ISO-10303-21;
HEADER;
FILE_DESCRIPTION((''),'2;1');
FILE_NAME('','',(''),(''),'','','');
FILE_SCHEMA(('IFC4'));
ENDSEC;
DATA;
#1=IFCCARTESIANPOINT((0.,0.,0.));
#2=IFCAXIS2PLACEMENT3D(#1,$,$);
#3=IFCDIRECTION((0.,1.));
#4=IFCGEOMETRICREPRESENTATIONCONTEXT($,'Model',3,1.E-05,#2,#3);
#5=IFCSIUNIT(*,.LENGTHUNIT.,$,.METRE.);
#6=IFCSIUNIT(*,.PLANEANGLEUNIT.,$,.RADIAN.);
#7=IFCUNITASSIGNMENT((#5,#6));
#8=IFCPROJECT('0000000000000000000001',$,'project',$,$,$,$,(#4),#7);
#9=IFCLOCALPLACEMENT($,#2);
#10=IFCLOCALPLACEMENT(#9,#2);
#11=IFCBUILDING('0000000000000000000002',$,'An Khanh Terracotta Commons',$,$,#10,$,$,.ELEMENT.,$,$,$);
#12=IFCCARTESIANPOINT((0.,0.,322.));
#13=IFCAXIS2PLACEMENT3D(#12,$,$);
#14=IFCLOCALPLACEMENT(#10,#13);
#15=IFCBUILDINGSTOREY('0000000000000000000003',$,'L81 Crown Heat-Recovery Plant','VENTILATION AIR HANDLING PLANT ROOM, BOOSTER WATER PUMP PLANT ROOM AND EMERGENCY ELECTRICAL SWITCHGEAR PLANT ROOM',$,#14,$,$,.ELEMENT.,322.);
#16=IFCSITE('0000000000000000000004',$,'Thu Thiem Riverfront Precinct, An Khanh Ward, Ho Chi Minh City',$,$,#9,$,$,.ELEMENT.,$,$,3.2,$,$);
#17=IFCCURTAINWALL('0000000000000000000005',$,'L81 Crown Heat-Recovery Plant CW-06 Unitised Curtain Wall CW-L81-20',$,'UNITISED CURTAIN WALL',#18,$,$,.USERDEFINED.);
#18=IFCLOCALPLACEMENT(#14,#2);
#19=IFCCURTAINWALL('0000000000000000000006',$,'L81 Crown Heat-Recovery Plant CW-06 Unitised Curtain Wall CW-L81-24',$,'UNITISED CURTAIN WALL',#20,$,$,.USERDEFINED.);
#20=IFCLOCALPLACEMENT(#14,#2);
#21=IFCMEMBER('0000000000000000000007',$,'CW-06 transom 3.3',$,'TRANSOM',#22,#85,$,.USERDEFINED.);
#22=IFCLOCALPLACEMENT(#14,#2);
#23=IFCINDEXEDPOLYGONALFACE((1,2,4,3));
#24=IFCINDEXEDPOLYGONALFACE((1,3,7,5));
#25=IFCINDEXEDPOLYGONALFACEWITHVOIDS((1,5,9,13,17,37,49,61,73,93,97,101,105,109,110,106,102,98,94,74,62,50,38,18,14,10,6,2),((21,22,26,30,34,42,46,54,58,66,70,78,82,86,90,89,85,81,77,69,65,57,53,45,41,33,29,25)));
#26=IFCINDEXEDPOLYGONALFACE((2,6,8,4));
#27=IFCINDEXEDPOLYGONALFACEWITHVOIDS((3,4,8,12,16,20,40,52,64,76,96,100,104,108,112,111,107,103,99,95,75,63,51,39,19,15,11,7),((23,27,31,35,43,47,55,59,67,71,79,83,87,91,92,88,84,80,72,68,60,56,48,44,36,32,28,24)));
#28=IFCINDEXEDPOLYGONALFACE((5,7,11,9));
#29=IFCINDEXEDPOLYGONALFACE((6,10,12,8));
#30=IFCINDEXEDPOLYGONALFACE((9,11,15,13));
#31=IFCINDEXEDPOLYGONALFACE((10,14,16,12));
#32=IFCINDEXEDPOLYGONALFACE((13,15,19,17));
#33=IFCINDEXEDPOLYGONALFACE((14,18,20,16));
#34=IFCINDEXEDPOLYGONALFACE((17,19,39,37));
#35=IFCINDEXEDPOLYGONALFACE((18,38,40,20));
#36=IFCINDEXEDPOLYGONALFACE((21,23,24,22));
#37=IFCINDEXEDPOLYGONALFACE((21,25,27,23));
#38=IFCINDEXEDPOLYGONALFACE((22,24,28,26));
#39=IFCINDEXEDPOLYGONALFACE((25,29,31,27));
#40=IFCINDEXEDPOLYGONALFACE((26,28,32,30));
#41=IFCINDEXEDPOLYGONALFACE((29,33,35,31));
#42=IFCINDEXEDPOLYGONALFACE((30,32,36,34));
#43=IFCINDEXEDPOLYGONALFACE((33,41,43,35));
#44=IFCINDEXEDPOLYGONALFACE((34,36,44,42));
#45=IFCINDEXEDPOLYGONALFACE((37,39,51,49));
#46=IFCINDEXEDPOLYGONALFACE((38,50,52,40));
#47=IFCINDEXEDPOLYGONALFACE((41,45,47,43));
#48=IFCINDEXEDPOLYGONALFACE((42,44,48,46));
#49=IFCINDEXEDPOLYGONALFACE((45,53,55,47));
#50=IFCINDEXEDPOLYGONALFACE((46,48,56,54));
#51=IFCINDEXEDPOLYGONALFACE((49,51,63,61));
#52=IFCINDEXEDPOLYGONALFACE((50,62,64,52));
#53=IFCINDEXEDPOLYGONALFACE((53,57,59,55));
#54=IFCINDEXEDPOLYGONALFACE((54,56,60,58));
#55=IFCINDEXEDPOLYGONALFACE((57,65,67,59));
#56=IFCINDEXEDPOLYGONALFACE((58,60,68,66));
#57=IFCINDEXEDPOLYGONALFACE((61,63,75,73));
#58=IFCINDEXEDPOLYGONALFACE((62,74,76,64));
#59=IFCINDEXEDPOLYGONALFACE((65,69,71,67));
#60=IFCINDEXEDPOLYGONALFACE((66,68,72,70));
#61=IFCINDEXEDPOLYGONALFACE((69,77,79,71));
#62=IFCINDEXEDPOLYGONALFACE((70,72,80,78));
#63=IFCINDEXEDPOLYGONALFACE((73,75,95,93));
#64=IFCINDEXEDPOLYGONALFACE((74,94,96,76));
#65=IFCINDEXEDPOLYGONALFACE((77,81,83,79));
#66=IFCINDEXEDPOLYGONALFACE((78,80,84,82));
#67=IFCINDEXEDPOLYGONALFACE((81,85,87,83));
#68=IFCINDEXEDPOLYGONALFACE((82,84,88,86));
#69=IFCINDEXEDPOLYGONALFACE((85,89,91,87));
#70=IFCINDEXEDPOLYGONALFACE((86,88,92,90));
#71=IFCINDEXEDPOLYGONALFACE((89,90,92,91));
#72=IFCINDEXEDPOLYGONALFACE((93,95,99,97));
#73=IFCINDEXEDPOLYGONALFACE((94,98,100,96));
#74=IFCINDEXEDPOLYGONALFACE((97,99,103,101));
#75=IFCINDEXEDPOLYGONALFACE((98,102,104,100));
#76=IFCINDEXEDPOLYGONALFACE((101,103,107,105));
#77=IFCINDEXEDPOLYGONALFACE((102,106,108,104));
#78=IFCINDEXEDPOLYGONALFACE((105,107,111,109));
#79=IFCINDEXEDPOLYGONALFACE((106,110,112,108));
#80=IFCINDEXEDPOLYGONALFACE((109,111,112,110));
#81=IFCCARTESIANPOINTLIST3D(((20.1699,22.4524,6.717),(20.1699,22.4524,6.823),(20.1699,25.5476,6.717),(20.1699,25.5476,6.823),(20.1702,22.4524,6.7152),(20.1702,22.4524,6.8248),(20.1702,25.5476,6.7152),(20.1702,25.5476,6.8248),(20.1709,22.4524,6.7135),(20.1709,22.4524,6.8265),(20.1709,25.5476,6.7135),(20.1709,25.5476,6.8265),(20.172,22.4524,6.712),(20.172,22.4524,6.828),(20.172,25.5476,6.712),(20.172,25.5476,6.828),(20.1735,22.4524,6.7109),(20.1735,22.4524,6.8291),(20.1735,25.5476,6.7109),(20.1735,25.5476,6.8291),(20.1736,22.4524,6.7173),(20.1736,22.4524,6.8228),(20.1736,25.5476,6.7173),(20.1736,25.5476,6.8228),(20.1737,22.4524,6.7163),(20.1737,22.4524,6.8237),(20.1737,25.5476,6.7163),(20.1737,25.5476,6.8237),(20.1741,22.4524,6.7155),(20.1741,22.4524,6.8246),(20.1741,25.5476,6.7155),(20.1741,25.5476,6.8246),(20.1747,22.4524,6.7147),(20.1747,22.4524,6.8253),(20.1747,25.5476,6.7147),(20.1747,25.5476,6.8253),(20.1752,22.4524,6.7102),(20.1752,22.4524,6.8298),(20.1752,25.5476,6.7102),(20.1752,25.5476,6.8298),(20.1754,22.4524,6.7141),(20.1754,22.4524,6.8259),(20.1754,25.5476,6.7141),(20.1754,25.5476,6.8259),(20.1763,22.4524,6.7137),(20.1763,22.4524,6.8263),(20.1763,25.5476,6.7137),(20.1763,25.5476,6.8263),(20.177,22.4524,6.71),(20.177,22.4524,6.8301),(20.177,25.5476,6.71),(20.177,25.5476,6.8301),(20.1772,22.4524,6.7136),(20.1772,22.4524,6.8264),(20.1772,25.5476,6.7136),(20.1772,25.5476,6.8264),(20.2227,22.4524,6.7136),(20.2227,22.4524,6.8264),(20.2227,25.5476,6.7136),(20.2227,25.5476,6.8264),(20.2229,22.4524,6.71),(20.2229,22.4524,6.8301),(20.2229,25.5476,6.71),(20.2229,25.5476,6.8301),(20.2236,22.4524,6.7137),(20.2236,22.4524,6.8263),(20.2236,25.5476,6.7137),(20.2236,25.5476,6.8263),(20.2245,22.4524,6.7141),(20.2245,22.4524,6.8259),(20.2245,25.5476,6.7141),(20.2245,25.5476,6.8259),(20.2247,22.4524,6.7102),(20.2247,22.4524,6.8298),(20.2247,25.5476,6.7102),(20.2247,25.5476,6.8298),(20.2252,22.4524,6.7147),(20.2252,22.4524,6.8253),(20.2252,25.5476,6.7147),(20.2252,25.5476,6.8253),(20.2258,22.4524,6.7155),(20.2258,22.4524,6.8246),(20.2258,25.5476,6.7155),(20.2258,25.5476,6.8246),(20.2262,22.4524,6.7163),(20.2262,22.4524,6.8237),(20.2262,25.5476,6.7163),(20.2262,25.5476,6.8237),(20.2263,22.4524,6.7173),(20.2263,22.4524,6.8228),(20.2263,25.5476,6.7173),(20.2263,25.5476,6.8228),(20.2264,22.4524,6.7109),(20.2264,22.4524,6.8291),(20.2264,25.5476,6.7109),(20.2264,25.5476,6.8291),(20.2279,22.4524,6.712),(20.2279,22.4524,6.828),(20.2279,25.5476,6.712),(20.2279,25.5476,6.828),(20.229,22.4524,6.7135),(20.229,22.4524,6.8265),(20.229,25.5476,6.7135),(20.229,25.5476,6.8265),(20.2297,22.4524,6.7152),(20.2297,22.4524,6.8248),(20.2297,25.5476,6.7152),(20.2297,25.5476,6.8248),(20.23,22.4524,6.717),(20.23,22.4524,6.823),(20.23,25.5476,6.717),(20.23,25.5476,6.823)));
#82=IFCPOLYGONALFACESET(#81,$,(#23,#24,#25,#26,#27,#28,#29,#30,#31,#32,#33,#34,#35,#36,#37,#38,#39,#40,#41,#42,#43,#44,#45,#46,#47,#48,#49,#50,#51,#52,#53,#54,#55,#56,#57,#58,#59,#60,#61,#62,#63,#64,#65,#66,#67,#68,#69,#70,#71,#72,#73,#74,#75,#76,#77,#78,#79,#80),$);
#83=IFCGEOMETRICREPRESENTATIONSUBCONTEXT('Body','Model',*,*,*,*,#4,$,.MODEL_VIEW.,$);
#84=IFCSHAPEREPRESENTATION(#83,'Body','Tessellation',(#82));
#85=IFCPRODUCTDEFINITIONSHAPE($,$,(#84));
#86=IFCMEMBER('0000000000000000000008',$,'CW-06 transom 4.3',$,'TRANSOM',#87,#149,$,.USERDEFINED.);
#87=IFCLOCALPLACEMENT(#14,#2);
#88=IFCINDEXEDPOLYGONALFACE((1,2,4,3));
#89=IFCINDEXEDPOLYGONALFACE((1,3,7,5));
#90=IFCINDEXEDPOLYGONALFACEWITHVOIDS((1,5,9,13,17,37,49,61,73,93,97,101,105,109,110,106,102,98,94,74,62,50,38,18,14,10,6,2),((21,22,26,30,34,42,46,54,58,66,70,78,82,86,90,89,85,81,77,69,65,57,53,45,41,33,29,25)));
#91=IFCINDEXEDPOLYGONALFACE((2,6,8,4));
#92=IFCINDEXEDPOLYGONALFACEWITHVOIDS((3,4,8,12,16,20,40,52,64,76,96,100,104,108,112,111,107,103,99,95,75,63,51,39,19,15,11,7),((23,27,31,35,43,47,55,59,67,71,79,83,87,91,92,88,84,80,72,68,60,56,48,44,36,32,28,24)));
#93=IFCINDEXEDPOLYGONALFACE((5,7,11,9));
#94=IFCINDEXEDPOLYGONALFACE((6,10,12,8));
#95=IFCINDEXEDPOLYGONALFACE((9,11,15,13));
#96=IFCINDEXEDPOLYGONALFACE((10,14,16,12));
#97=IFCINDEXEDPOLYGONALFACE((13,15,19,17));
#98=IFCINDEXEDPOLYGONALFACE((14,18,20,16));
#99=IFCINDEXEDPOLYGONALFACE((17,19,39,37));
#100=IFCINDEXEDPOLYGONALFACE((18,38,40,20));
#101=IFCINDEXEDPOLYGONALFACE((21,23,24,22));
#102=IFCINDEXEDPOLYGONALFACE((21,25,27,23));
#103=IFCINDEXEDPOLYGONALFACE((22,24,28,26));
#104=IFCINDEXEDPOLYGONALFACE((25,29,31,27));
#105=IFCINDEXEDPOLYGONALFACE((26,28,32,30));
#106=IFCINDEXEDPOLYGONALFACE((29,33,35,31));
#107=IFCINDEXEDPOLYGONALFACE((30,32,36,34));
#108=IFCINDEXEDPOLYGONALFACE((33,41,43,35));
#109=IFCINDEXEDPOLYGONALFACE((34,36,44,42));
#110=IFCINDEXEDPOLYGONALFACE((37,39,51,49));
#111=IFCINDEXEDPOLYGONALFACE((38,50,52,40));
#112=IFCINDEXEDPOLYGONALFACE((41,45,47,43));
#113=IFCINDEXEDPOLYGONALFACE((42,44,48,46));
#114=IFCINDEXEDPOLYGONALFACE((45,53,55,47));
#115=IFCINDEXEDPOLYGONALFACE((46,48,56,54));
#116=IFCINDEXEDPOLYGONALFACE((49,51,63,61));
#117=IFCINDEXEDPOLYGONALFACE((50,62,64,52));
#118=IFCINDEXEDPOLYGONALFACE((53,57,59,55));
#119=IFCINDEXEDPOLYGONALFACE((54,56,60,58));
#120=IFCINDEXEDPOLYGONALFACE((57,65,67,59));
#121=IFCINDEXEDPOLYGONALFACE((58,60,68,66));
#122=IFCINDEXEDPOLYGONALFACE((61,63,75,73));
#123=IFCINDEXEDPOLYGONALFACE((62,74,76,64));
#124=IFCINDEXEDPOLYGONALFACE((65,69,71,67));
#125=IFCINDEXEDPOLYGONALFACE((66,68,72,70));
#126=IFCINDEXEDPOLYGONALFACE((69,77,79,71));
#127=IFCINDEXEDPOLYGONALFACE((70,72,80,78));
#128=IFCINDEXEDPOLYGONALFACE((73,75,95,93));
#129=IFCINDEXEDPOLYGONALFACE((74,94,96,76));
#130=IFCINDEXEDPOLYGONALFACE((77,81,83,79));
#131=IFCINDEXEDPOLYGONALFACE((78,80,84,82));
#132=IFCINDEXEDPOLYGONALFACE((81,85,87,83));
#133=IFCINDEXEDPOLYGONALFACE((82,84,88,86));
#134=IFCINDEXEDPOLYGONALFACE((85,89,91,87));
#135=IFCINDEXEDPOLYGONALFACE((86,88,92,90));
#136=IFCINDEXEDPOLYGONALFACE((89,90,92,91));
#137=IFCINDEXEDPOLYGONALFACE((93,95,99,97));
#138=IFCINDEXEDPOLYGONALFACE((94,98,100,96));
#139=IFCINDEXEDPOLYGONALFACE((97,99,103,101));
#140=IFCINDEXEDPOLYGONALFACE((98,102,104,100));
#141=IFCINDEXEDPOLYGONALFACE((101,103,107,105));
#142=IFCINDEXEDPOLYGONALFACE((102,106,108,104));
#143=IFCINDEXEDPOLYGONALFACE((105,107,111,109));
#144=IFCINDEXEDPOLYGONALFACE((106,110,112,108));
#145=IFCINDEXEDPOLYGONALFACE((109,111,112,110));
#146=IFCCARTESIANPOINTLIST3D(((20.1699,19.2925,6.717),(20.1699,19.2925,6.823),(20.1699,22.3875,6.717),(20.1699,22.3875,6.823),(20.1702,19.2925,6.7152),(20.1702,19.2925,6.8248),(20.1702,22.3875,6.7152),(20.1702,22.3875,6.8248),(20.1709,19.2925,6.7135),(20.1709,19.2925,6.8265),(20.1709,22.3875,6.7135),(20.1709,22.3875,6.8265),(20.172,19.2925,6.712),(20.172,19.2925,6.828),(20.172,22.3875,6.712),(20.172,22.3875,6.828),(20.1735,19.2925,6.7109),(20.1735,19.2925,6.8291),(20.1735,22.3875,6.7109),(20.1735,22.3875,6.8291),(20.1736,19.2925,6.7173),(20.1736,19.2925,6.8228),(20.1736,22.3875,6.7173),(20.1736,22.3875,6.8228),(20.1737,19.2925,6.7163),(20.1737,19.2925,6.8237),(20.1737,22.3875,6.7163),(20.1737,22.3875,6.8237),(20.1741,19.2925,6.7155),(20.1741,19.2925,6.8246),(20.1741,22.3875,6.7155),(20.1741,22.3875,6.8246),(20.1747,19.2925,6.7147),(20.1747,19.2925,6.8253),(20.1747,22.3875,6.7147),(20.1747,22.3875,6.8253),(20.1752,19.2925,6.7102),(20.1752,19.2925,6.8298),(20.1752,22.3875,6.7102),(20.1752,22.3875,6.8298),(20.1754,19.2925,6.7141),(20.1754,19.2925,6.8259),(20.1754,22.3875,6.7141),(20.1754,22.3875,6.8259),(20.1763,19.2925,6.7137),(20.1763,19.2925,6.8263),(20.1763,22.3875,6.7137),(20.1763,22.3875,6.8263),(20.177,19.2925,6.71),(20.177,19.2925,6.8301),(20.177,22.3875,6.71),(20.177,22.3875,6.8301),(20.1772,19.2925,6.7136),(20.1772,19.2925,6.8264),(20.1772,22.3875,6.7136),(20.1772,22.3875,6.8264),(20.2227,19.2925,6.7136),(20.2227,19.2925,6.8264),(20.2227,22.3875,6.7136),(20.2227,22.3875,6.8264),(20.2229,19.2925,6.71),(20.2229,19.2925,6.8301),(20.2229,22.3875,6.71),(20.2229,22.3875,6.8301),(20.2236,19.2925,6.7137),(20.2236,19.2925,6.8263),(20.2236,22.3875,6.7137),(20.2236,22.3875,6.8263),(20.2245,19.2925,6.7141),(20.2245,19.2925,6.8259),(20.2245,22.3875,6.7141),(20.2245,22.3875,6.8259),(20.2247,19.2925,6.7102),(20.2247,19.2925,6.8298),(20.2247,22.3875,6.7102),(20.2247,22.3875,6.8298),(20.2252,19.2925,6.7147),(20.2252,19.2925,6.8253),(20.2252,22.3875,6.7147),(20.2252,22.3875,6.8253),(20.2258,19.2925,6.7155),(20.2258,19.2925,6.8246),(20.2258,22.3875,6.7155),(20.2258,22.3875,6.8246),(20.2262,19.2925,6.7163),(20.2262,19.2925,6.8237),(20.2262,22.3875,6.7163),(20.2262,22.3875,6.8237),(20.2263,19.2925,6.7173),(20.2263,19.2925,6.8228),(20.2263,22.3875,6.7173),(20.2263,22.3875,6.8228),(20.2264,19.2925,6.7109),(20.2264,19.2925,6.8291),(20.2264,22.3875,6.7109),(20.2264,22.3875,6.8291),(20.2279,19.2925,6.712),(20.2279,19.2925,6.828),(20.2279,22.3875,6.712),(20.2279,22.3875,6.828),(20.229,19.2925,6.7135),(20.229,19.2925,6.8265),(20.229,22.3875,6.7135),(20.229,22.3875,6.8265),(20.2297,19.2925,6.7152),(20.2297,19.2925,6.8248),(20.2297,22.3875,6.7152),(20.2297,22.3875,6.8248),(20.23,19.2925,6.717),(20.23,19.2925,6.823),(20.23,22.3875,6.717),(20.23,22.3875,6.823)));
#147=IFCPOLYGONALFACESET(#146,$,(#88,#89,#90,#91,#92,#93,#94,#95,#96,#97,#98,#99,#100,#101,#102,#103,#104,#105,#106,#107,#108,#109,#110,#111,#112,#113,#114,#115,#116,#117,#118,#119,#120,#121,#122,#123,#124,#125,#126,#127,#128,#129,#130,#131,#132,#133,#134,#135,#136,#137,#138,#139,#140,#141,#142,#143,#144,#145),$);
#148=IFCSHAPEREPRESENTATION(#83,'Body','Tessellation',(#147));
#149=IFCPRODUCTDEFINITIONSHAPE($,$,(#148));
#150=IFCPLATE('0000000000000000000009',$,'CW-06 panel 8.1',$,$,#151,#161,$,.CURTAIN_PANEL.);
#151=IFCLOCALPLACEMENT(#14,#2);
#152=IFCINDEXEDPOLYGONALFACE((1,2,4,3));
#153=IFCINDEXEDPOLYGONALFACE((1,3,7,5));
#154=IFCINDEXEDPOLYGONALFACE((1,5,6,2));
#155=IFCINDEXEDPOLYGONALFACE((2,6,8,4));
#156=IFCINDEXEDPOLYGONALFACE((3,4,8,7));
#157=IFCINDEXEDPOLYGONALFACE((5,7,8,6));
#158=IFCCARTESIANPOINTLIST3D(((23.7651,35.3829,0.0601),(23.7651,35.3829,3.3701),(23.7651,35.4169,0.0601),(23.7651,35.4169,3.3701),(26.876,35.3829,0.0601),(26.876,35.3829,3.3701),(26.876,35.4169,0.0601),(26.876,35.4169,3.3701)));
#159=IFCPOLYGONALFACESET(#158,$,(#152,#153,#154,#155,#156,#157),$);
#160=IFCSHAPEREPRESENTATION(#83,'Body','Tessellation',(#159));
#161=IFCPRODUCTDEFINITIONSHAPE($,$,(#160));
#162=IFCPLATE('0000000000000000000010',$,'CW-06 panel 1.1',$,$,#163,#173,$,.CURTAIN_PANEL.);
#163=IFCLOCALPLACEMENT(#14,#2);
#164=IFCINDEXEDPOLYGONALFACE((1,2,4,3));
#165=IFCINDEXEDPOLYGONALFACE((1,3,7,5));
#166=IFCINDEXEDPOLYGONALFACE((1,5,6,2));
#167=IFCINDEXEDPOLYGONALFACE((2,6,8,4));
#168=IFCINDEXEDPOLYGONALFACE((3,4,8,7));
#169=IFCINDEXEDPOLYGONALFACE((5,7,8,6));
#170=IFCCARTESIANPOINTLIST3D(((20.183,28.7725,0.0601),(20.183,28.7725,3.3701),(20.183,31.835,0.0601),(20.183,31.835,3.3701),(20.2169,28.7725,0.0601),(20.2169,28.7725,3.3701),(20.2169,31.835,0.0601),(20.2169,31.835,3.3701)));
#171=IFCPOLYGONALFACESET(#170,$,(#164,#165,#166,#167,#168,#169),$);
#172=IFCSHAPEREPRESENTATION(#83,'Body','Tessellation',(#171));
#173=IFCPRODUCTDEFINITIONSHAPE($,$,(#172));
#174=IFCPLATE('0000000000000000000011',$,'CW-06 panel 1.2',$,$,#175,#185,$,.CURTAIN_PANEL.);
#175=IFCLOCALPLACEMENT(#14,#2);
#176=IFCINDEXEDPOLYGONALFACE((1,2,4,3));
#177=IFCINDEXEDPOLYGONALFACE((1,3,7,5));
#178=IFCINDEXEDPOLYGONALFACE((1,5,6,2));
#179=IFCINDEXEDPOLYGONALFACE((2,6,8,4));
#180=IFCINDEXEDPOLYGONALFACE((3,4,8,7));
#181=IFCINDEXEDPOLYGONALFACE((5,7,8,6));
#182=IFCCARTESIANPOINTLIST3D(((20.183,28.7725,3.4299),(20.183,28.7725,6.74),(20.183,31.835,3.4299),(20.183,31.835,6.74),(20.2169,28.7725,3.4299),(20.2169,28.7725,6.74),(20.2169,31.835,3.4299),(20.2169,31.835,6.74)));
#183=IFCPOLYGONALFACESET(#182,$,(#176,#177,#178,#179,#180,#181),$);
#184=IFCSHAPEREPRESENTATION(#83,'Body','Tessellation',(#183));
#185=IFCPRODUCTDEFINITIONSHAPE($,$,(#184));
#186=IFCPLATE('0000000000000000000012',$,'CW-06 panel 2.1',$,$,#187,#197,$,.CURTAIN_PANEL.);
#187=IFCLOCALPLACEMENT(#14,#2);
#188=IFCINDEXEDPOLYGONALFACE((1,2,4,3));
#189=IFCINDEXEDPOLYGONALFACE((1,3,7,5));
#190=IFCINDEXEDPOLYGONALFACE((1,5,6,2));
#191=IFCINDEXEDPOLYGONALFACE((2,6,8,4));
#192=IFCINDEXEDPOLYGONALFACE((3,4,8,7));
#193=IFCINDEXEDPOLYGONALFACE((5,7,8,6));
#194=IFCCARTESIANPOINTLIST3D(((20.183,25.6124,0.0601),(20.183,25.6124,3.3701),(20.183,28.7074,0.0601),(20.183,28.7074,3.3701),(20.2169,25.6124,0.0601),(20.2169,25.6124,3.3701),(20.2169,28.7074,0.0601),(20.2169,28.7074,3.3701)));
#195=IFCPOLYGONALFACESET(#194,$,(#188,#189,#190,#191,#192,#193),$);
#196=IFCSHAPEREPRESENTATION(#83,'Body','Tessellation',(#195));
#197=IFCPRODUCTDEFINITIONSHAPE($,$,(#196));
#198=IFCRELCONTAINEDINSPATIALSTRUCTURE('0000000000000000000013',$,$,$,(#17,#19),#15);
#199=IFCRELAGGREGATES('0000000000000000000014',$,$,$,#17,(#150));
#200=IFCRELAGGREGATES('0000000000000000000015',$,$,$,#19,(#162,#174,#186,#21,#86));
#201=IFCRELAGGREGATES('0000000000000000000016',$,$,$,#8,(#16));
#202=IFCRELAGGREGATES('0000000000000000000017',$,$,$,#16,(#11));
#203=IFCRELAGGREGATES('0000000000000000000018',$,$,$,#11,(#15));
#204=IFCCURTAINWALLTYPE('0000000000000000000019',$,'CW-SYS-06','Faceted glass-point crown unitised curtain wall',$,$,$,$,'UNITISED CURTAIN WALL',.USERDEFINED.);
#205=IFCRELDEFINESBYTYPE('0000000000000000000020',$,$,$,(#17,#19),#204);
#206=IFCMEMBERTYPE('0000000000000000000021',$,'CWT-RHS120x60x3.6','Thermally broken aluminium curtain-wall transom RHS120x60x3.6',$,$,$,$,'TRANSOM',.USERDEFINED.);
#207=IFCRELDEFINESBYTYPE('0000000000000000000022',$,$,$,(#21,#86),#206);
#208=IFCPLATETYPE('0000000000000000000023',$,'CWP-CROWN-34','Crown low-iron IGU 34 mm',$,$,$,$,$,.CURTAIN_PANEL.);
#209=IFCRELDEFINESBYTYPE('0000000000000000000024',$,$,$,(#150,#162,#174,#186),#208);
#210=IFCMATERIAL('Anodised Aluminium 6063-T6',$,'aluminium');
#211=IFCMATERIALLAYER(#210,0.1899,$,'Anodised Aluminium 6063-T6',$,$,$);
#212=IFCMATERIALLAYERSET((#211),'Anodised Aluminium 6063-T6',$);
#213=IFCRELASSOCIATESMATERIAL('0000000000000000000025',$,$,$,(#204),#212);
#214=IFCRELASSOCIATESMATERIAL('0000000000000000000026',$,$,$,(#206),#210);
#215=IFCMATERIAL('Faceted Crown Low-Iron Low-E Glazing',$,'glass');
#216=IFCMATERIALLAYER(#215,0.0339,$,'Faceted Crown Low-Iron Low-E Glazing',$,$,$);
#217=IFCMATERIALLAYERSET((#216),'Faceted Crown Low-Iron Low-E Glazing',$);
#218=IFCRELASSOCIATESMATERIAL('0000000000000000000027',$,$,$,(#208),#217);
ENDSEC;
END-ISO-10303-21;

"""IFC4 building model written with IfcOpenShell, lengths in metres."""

from ifc_helpers import new_model, si_unit, direction, frame, origin, origin_2d, place, context, subcontext, project, spatial, rectangle, hollow_rectangle, extrude, material, layer, layer_set, material_profile, profile_set, type_object, element, aggregate, save


model = new_model("IFC4")

# Units and contexts
model_context = context("Model", 3, precision=1e-05, world=origin(), true_north=direction((0.0, 1.0)))
body_context = subcontext(model_context, "Body", "Model", "MODEL_VIEW")
ifc_project = project(units=[si_unit("LENGTHUNIT", "METRE"), si_unit("PLANEANGLEUNIT", "RADIAN")], contexts=[model_context])

# Site, building, storey
site_placement = place(None, origin())
site = spatial("IfcSite", under=ifc_project, at=site_placement, Name="Thu Thiem Riverfront Precinct, An Khanh Ward, Ho Chi Minh City", CompositionType="ELEMENT", RefElevation=3.2)
building_placement = place(site_placement, origin())
building = spatial("IfcBuilding", under=site, at=building_placement, Name="An Khanh Terracotta Commons", CompositionType="ELEMENT")
storey_placement = place(building_placement, frame((0.0, 0.0, 322.0)))
storey = spatial("IfcBuildingStorey", under=building, at=storey_placement, Name="L81 Crown Heat-Recovery Plant", Description="VENTILATION AIR HANDLING PLANT ROOM, BOOSTER WATER PUMP PLANT ROOM AND EMERGENCY ELECTRICAL SWITCHGEAR PLANT ROOM", CompositionType="ELEMENT", Elevation=322.0)

# Curtain wall
ifc_material_1 = material(Name="Anodised Aluminium 6063-T6", Category="aluminium")
ifc_layer_1 = layer(ifc_material_1, 0.1899, Name="Anodised Aluminium 6063-T6")
ifc_layer_set_1 = layer_set([ifc_layer_1], Name="Anodised Aluminium 6063-T6")
curtain_wall_type = type_object("IfcCurtainWallType", Name="CW-SYS-06", Description="Faceted glass-point crown unitised curtain wall", ElementType="UNITISED CURTAIN WALL", PredefinedType="USERDEFINED", material=ifc_layer_set_1)
curtain_wall_1_placement = place(storey_placement, origin())
curtain_wall_1 = element("IfcCurtainWall", 1, at=curtain_wall_1_placement, inside=storey, type_object=curtain_wall_type, Name="L81 Crown Heat-Recovery Plant CW-06 Unitised Curtain Wall CW-L81-20", ObjectType="UNITISED CURTAIN WALL", PredefinedType="USERDEFINED")

# Curtain wall, members
curtain_wall_2_placement = place(storey_placement, origin())
curtain_wall_2 = element("IfcCurtainWall", 2, at=curtain_wall_2_placement, inside=storey, type_object=curtain_wall_type, Name="L81 Crown Heat-Recovery Plant CW-06 Unitised Curtain Wall CW-L81-24", ObjectType="UNITISED CURTAIN WALL", PredefinedType="USERDEFINED")
ifc_material_profile_1 = material_profile(ifc_material_1, hollow_rectangle(XDim=0.0601, YDim=0.1201, WallThickness=0.0037, InnerFilletRadius=0.0037, OuterFilletRadius=0.0071, at=origin_2d()), Name="RHS120x60x3.6")
ifc_profile_set_1 = profile_set([ifc_material_profile_1], Name="Anodised Aluminium 6063-T6")
member_type_1 = type_object("IfcMemberType", Name="CWT-RHS120x60x3.6", Description="Thermally broken aluminium curtain-wall transom RHS120x60x3.6", ElementType="TRANSOM", PredefinedType="USERDEFINED", material=ifc_profile_set_1)
member_1_placement = place(storey_placement, frame((20.2, 25.5476, 6.77), z_axis=(0.0, -1.0, 0.0), x_axis=(1.0, 0.0, 0.0)))
member_1 = element("IfcMember", 3, at=member_1_placement, type_object=member_type_1, Name="CW-06 transom 3.3", ObjectType="TRANSOM", PredefinedType="USERDEFINED", context=body_context, shape_type="SweptSolid", body=[
    extrude(hollow_rectangle(XDim=0.0601, YDim=0.1201, WallThickness=0.0037, InnerFilletRadius=0.0037, OuterFilletRadius=0.0071, at=origin_2d()), origin(), (0.0, 0.0, 1.0), 3.0952),
])
member_2_placement = place(storey_placement, frame((20.2, 22.3875, 6.77), z_axis=(0.0, -1.0, 0.0), x_axis=(1.0, 0.0, 0.0)))
member_2 = element("IfcMember", 4, at=member_2_placement, type_object=member_type_1, Name="CW-06 transom 4.3", ObjectType="TRANSOM", PredefinedType="USERDEFINED", context=body_context, shape_type="SweptSolid", body=[
    extrude(hollow_rectangle(XDim=0.0601, YDim=0.1201, WallThickness=0.0037, InnerFilletRadius=0.0037, OuterFilletRadius=0.0071, at=origin_2d()), origin(), (0.0, 0.0, 1.0), 3.095),
])

# Plates
ifc_material_2 = material(Name="Faceted Crown Low-Iron Low-E Glazing", Category="glass")
ifc_layer_2 = layer(ifc_material_2, 0.0339, Name="Faceted Crown Low-Iron Low-E Glazing")
ifc_layer_set_2 = layer_set([ifc_layer_2], Name="Faceted Crown Low-Iron Low-E Glazing")
plate_type = type_object("IfcPlateType", Name="CWP-CROWN-34", Description="Crown low-iron IGU 34 mm", PredefinedType="CURTAIN_PANEL", material=ifc_layer_set_2)
plate_1_placement = place(storey_placement, frame((25.3206, 35.3999, 0.0601), z_axis=(0.0, 0.0, 1.0), x_axis=(-1.0, 0.0, 0.0)))
plate_1 = element("IfcPlate", 5, at=plate_1_placement, type_object=plate_type, Name="CW-06 panel 8.1", PredefinedType="CURTAIN_PANEL", context=body_context, shape_type="SweptSolid", body=[
    extrude(rectangle(XDim=3.1108, YDim=0.0339, at=origin_2d()), origin(), (0.0, 0.0, 1.0), 3.3101),
])
aggregate(curtain_wall_1, [plate_1])
plate_2_placement = place(storey_placement, frame((20.2, 30.3037, 0.0601), z_axis=(0.0, 0.0, 1.0), x_axis=(0.0, -1.0, 0.0)))
plate_2 = element("IfcPlate", 6, at=plate_2_placement, type_object=plate_type, Name="CW-06 panel 1.1", PredefinedType="CURTAIN_PANEL", context=body_context, shape_type="SweptSolid", body=[
    extrude(rectangle(XDim=3.0625, YDim=0.0339, at=origin_2d()), origin(), (0.0, 0.0, 1.0), 3.3101),
])
plate_3_placement = place(storey_placement, frame((20.2, 30.3037, 3.4299), z_axis=(0.0, 0.0, 1.0), x_axis=(0.0, -1.0, 0.0)))
plate_3 = element("IfcPlate", 7, at=plate_3_placement, type_object=plate_type, Name="CW-06 panel 1.2", PredefinedType="CURTAIN_PANEL", context=body_context, shape_type="SweptSolid", body=[
    extrude(rectangle(XDim=3.0625, YDim=0.0339, at=origin_2d()), origin(), (0.0, 0.0, 1.0), 3.3101),
])
plate_4_placement = place(storey_placement, frame((20.2, 27.1599, 0.0601), z_axis=(0.0, 0.0, 1.0), x_axis=(0.0, -1.0, 0.0)))
plate_4 = element("IfcPlate", 8, at=plate_4_placement, type_object=plate_type, Name="CW-06 panel 2.1", PredefinedType="CURTAIN_PANEL", context=body_context, shape_type="SweptSolid", body=[
    extrude(rectangle(XDim=3.095, YDim=0.0339, at=origin_2d()), origin(), (0.0, 0.0, 1.0), 3.3101),
])
aggregate(curtain_wall_2, [plate_2, plate_3, plate_4, member_1, member_2])

save(model, "model.ifc")
